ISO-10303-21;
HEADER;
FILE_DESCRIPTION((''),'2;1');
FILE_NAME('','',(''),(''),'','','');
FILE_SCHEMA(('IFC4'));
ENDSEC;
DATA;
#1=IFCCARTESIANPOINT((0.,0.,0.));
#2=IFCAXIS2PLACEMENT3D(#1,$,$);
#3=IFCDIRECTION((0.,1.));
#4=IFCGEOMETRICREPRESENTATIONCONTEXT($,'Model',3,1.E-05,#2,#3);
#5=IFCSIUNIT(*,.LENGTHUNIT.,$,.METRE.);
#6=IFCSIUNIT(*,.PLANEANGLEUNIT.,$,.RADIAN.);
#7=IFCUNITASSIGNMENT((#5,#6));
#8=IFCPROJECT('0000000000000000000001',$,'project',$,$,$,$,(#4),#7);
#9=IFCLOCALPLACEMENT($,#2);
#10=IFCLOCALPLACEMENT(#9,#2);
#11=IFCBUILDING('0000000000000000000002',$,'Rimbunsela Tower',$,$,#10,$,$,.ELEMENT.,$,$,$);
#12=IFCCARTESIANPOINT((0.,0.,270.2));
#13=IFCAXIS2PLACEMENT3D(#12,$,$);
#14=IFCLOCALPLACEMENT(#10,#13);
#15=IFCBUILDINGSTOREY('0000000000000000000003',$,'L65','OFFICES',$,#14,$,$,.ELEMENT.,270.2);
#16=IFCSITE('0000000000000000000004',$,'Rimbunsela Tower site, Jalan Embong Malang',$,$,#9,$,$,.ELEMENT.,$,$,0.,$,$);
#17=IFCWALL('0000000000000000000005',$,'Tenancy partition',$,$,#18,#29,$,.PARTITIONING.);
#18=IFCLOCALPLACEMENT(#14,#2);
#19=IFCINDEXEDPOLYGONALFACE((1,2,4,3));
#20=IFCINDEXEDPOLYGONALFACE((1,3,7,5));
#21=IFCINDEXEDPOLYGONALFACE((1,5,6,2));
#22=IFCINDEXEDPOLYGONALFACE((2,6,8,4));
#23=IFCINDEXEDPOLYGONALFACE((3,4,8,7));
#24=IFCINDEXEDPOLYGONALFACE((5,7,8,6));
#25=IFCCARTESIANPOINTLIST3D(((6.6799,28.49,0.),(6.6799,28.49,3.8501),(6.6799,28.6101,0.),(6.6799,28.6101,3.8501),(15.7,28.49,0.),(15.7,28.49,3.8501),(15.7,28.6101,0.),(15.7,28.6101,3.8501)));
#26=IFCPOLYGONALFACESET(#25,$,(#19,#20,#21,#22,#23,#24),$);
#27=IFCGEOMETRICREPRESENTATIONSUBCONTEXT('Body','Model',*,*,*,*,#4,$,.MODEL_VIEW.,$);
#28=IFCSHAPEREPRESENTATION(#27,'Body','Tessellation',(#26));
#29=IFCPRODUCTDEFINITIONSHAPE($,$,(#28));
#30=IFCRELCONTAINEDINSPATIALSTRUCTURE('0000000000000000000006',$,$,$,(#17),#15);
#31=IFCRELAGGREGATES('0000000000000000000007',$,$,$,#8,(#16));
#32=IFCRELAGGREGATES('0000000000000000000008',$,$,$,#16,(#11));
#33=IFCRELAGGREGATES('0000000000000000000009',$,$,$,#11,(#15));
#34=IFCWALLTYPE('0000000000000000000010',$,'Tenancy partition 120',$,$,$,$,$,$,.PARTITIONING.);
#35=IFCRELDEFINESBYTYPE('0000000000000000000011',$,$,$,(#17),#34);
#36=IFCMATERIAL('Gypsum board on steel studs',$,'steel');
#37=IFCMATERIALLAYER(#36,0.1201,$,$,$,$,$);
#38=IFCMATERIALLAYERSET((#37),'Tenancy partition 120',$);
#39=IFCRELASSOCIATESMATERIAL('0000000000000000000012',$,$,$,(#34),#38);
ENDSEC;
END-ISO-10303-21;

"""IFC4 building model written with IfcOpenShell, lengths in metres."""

from ifc_helpers import new_model, si_unit, direction, frame, frame_2d, origin, place, context, subcontext, project, spatial, rectangle, extrude, material, layer, layer_set, type_object, element, save


model = new_model("IFC4")

# Units and contexts
model_context = context("Model", 3, precision=1e-05, world=origin(), true_north=direction((0.0, 1.0)))
body_context = subcontext(model_context, "Body", "Model", "MODEL_VIEW")
ifc_project = project(units=[si_unit("LENGTHUNIT", "METRE"), si_unit("PLANEANGLEUNIT", "RADIAN")], contexts=[model_context])

# Site, building, storey
site_placement = place(None, origin())
site = spatial("IfcSite", under=ifc_project, at=site_placement, Name="Rimbunsela Tower site, Jalan Embong Malang", CompositionType="ELEMENT", RefElevation=0.0)
building_placement = place(site_placement, origin())
building = spatial("IfcBuilding", under=site, at=building_placement, Name="Rimbunsela Tower", CompositionType="ELEMENT")
storey_placement = place(building_placement, frame((0.0, 0.0, 270.2)))
storey = spatial("IfcBuildingStorey", under=building, at=storey_placement, Name="L65", Description="OFFICES", CompositionType="ELEMENT", Elevation=270.2)

# Wall
ifc_material_1 = material(Name="Gypsum board on steel studs", Category="steel")
ifc_layer_1 = layer(ifc_material_1, 0.1201)
ifc_layer_set_1 = layer_set([ifc_layer_1], Name="Tenancy partition 120")
wall_type_1 = type_object("IfcWallType", Name="Tenancy partition 120", PredefinedType="PARTITIONING", material=ifc_layer_set_1)
wall_1_placement = place(storey_placement, frame((6.6799, 28.55, 0.0), z_axis=(0.0, 0.0, 1.0), x_axis=(1.0, 0.0, 0.0)))
element("IfcWall", 1, at=wall_1_placement, inside=storey, type_object=wall_type_1, Name="Tenancy partition", PredefinedType="PARTITIONING", context=body_context, shape_type="SweptSolid", body=[
    extrude(rectangle(XDim=9.02, YDim=0.1201, at=frame_2d((4.51, 0.0))), origin(), (0.0, 0.0, 1.0), 3.8501),
])

save(model, "model.ifc")
